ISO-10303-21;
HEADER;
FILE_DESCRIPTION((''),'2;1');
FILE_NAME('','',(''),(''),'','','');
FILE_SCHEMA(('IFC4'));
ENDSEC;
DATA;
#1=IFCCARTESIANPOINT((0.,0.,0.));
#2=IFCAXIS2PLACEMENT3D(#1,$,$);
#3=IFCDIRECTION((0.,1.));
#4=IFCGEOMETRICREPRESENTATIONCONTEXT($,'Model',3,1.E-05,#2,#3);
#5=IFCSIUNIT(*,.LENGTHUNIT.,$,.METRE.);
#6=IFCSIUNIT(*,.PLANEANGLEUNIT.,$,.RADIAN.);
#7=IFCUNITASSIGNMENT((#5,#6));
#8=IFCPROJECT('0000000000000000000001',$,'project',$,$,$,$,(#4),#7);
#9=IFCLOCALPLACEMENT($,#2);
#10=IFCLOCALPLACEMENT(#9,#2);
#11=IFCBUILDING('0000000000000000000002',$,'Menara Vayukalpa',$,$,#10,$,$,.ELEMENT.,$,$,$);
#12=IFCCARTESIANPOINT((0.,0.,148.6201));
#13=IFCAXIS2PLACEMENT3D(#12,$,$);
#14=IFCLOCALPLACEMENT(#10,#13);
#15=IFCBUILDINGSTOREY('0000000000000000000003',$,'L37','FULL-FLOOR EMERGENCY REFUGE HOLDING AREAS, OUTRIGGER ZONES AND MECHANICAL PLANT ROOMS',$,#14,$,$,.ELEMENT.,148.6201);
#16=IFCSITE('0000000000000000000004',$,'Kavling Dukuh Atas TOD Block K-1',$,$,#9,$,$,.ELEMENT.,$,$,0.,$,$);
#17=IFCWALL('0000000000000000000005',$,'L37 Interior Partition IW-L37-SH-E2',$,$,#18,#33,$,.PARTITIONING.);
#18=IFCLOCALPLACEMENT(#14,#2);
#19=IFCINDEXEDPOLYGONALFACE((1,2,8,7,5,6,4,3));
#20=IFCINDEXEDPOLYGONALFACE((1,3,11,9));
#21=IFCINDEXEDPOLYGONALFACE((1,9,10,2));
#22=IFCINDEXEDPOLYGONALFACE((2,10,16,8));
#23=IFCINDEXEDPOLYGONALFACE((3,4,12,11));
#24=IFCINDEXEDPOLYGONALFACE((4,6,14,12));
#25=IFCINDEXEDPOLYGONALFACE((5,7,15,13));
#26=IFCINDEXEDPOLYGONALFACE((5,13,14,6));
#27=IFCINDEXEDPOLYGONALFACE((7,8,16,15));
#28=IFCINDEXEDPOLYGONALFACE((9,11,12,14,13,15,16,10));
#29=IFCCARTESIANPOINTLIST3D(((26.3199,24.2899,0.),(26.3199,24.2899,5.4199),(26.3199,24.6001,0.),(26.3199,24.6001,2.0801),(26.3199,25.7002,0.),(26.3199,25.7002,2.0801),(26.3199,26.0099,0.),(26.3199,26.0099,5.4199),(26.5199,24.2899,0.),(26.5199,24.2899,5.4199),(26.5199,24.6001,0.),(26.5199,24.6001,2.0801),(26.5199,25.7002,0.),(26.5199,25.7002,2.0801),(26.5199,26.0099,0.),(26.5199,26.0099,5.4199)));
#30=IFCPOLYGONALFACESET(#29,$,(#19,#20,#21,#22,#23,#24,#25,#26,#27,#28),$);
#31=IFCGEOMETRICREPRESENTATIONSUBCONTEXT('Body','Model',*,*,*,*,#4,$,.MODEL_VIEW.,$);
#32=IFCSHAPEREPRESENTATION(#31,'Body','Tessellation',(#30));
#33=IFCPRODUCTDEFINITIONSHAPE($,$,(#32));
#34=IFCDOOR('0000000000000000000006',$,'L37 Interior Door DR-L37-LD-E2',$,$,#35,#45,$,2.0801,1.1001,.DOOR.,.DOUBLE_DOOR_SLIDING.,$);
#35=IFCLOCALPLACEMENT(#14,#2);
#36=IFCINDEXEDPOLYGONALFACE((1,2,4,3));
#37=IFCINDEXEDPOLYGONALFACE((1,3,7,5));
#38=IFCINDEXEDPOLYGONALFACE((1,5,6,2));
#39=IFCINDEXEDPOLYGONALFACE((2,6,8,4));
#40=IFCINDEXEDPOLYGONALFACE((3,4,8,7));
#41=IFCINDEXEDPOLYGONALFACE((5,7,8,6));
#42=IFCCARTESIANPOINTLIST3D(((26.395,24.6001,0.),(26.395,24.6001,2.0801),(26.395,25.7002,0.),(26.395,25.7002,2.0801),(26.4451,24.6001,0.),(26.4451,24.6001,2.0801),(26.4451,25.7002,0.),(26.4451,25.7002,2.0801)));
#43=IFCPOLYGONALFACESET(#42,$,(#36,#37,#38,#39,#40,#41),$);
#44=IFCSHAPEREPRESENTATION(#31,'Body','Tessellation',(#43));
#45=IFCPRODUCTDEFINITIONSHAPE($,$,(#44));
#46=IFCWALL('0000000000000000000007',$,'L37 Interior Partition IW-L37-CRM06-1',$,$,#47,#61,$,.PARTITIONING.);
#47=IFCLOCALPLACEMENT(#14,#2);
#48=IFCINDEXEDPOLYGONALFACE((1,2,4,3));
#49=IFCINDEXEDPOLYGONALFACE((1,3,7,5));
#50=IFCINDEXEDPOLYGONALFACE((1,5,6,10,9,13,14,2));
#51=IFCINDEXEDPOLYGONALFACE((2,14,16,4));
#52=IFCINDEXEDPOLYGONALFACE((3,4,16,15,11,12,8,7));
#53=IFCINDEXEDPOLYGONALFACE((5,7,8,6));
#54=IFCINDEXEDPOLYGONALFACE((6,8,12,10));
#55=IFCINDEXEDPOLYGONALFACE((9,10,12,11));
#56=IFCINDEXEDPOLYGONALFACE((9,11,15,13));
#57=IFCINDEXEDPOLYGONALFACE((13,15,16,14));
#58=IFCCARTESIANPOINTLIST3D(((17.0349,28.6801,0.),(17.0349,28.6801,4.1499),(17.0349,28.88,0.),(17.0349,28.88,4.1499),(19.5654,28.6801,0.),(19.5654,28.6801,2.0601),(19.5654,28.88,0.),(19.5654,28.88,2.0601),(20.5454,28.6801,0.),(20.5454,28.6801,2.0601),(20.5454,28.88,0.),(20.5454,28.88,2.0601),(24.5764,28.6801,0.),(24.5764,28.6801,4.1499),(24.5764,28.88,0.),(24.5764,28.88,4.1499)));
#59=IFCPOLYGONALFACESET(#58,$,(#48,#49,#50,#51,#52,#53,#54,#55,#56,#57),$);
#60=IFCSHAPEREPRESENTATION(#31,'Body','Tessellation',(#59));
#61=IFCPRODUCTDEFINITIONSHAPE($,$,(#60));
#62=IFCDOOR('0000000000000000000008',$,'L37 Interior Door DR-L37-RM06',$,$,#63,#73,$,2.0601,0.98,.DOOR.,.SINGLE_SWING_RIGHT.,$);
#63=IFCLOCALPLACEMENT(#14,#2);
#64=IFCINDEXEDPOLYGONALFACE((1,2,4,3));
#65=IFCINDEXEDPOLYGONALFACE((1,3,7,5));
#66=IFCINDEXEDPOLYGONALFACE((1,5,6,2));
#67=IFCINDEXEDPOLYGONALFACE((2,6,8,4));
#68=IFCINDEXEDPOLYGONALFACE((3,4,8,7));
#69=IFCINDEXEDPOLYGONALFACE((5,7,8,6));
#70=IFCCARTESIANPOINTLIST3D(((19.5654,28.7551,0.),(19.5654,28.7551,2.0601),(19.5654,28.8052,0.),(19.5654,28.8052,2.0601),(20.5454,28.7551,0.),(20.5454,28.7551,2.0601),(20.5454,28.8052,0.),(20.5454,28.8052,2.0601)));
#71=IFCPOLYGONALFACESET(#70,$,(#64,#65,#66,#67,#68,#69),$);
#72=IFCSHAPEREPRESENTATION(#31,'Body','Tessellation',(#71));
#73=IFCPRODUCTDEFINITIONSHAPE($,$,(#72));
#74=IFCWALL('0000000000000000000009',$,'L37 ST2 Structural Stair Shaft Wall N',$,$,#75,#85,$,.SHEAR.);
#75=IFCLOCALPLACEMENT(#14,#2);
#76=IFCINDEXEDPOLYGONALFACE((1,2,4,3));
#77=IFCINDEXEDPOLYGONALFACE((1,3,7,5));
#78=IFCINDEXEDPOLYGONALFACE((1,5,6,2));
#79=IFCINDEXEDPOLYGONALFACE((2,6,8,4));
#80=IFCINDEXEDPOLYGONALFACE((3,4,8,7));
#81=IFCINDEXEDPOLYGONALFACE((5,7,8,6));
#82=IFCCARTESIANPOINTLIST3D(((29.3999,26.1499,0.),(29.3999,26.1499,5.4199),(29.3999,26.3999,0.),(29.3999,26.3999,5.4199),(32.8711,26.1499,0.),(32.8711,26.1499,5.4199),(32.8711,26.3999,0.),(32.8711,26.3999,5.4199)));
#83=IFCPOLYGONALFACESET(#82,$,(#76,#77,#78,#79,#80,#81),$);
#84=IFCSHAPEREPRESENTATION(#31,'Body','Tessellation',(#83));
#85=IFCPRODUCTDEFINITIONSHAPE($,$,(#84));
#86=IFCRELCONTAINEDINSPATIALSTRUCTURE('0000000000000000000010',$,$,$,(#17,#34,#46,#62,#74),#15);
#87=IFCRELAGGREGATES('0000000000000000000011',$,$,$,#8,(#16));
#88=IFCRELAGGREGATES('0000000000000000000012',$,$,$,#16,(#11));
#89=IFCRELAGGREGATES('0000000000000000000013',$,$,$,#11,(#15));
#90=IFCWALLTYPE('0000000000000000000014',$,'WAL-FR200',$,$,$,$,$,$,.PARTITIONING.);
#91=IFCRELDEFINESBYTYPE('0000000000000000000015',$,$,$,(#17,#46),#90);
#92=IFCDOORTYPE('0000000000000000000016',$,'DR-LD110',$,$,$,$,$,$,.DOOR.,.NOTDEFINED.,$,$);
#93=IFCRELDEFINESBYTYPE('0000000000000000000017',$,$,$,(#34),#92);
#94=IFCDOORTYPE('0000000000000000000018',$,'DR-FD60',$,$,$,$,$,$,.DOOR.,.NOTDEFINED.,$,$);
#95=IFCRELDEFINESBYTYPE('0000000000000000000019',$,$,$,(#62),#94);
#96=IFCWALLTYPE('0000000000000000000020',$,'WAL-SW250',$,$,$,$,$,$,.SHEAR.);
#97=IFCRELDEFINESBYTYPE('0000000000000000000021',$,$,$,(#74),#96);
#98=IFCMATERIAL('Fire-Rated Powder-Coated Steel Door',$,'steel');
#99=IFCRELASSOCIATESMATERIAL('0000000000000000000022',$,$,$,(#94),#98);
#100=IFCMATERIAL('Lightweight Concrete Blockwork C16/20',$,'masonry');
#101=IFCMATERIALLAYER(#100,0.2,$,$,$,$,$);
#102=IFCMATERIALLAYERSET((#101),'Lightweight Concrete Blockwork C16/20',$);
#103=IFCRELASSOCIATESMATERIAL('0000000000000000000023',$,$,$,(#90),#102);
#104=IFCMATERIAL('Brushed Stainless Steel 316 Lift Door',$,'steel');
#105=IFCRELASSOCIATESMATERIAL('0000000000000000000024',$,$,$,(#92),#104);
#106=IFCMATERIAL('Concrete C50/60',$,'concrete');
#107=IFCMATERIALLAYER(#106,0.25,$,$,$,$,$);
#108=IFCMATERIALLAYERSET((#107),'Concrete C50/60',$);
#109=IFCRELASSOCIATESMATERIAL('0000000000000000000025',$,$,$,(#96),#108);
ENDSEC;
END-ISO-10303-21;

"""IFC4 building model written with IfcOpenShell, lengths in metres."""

from ifc_helpers import new_model, si_unit, direction, frame, frame_2d, origin, place, context, subcontext, project, spatial, rectangle, extrude, material, layer, layer_set, type_object, element, fill, save


model = new_model("IFC4")

# Units and contexts
model_context = context("Model", 3, precision=1e-05, world=origin(), true_north=direction((0.0, 1.0)))
body_context = subcontext(model_context, "Body", "Model", "MODEL_VIEW")
ifc_project = project(units=[si_unit("LENGTHUNIT", "METRE"), si_unit("PLANEANGLEUNIT", "RADIAN")], contexts=[model_context])

# Site, building, storey
site_placement = place(None, origin())
site = spatial("IfcSite", under=ifc_project, at=site_placement, Name="Kavling Dukuh Atas TOD Block K-1", CompositionType="ELEMENT", RefElevation=0.0)
building_placement = place(site_placement, origin())
building = spatial("IfcBuilding", under=site, at=building_placement, Name="Menara Vayukalpa", CompositionType="ELEMENT")
storey_placement = place(building_placement, frame((0.0, 0.0, 148.6201)))
storey = spatial("IfcBuildingStorey", under=building, at=storey_placement, Name="L37", Description="FULL-FLOOR EMERGENCY REFUGE HOLDING AREAS, OUTRIGGER ZONES AND MECHANICAL PLANT ROOMS", CompositionType="ELEMENT", Elevation=148.6201)

# Shared definitions
ifc_material_1 = material(Name="Fire-Rated Powder-Coated Steel Door", Category="steel")
door_type_1 = type_object("IfcDoorType", Name="DR-FD60", OperationType="NOTDEFINED", PredefinedType="DOOR", material=ifc_material_1)

# Walls, openings, doors
ifc_material_2 = material(Name="Lightweight Concrete Blockwork C16/20", Category="masonry")
ifc_layer_1 = layer(ifc_material_2, 0.2)
ifc_layer_set_1 = layer_set([ifc_layer_1], Name="Lightweight Concrete Blockwork C16/20")
wall_type_1 = type_object("IfcWallType", Name="WAL-FR200", PredefinedType="PARTITIONING", material=ifc_layer_set_1)
ifc_material_3 = material(Name="Brushed Stainless Steel 316 Lift Door", Category="steel")
door_type_2 = type_object("IfcDoorType", Name="DR-LD110", OperationType="NOTDEFINED", PredefinedType="DOOR", material=ifc_material_3)
wall_1_placement = place(storey_placement, frame((26.4199, 24.29, 0.0), z_axis=(0.0, 0.0, 1.0), x_axis=(0.0, 1.0, 0.0)))
wall_1 = element("IfcWall", 1, at=wall_1_placement, inside=storey, type_object=wall_type_1, Name="L37 Interior Partition IW-L37-SH-E2", PredefinedType="PARTITIONING", context=body_context, shape_type="SweptSolid", body=[
    extrude(rectangle(XDim=1.72, YDim=0.2, at=frame_2d((0.8599, 0.0))), origin(), (0.0, 0.0, 1.0), 5.4199),
])
opening_1_placement = place(wall_1_placement, frame((0.3101, 0.0, 0.0)))
opening_1 = element("IfcOpeningElement", 2, at=opening_1_placement, cuts=wall_1, PredefinedType="OPENING", context=body_context, shape_type="SweptSolid", body=[
    extrude(rectangle(XDim=1.1001, YDim=2.0801, at=frame_2d((0.55, 1.04))), frame((0.0, 0.1099, 0.0), z_axis=(0.0, -1.0, 0.0), x_axis=(1.0, 0.0, 0.0)), (0.0, 0.0, 1.0), 0.22),
])
door_1_placement = place(opening_1_placement, origin())
door_1 = element("IfcDoor", 3, at=door_1_placement, inside=storey, type_object=door_type_2, Name="L37 Interior Door DR-L37-LD-E2", OperationType="DOUBLE_DOOR_SLIDING", OverallHeight=2.0801, OverallWidth=1.1001, PredefinedType="DOOR", context=body_context, shape_type="SweptSolid", body=[
    extrude(rectangle(XDim=1.1001, YDim=2.0801, at=frame_2d((0.55, 1.04))), frame((0.0, 0.0249, 0.0), z_axis=(0.0, -1.0, 0.0), x_axis=(1.0, 0.0, 0.0)), (0.0, 0.0, 1.0), 0.05),
])
fill(opening_1, door_1)
wall_2_placement = place(storey_placement, frame((24.5764, 28.78, 0.0), z_axis=(0.0, 0.0, 1.0), x_axis=(-1.0, 0.0, 0.0)))
wall_2 = element("IfcWall", 4, at=wall_2_placement, inside=storey, type_object=wall_type_1, Name="L37 Interior Partition IW-L37-CRM06-1", PredefinedType="PARTITIONING", context=body_context, shape_type="SweptSolid", body=[
    extrude(rectangle(XDim=7.5415, YDim=0.2, at=frame_2d((3.7708, 0.0))), origin(), (0.0, 0.0, 1.0), 4.1499),
])
opening_2_placement = place(wall_2_placement, frame((4.031, 0.0, 0.0)))
opening_2 = element("IfcOpeningElement", 5, at=opening_2_placement, cuts=wall_2, PredefinedType="OPENING", context=body_context, shape_type="SweptSolid", body=[
    extrude(rectangle(XDim=0.98, YDim=2.0601, at=frame_2d((0.49, 1.03))), frame((0.0, 0.1099, 0.0), z_axis=(0.0, -1.0, 0.0), x_axis=(1.0, 0.0, 0.0)), (0.0, 0.0, 1.0), 0.22),
])
door_2_placement = place(opening_2_placement, origin())
door_2 = element("IfcDoor", 6, at=door_2_placement, inside=storey, type_object=door_type_1, Name="L37 Interior Door DR-L37-RM06", OperationType="SINGLE_SWING_RIGHT", OverallHeight=2.0601, OverallWidth=0.98, PredefinedType="DOOR", context=body_context, shape_type="SweptSolid", body=[
    extrude(rectangle(XDim=0.98, YDim=2.0601, at=frame_2d((0.49, 1.03))), frame((0.0, 0.0249, 0.0), z_axis=(0.0, -1.0, 0.0), x_axis=(1.0, 0.0, 0.0)), (0.0, 0.0, 1.0), 0.05),
])
fill(opening_2, door_2)

# Wall
ifc_material_4 = material(Name="Concrete C50/60", Category="concrete")
ifc_layer_2 = layer(ifc_material_4, 0.25)
ifc_layer_set_2 = layer_set([ifc_layer_2], Name="Concrete C50/60")
wall_type_2 = type_object("IfcWallType", Name="WAL-SW250", PredefinedType="SHEAR", material=ifc_layer_set_2)
wall_3_placement = place(storey_placement, frame((29.3999, 26.2749, 0.0), z_axis=(0.0, 0.0, 1.0), x_axis=(1.0, 0.0, 0.0)))
element("IfcWall", 7, at=wall_3_placement, inside=storey, type_object=wall_type_2, Name="L37 ST2 Structural Stair Shaft Wall N", PredefinedType="SHEAR", context=body_context, shape_type="SweptSolid", body=[
    extrude(rectangle(XDim=3.4712, YDim=0.25, at=frame_2d((1.7356, 0.0))), origin(), (0.0, 0.0, 1.0), 5.4199),
])

save(model, "model.ifc")
